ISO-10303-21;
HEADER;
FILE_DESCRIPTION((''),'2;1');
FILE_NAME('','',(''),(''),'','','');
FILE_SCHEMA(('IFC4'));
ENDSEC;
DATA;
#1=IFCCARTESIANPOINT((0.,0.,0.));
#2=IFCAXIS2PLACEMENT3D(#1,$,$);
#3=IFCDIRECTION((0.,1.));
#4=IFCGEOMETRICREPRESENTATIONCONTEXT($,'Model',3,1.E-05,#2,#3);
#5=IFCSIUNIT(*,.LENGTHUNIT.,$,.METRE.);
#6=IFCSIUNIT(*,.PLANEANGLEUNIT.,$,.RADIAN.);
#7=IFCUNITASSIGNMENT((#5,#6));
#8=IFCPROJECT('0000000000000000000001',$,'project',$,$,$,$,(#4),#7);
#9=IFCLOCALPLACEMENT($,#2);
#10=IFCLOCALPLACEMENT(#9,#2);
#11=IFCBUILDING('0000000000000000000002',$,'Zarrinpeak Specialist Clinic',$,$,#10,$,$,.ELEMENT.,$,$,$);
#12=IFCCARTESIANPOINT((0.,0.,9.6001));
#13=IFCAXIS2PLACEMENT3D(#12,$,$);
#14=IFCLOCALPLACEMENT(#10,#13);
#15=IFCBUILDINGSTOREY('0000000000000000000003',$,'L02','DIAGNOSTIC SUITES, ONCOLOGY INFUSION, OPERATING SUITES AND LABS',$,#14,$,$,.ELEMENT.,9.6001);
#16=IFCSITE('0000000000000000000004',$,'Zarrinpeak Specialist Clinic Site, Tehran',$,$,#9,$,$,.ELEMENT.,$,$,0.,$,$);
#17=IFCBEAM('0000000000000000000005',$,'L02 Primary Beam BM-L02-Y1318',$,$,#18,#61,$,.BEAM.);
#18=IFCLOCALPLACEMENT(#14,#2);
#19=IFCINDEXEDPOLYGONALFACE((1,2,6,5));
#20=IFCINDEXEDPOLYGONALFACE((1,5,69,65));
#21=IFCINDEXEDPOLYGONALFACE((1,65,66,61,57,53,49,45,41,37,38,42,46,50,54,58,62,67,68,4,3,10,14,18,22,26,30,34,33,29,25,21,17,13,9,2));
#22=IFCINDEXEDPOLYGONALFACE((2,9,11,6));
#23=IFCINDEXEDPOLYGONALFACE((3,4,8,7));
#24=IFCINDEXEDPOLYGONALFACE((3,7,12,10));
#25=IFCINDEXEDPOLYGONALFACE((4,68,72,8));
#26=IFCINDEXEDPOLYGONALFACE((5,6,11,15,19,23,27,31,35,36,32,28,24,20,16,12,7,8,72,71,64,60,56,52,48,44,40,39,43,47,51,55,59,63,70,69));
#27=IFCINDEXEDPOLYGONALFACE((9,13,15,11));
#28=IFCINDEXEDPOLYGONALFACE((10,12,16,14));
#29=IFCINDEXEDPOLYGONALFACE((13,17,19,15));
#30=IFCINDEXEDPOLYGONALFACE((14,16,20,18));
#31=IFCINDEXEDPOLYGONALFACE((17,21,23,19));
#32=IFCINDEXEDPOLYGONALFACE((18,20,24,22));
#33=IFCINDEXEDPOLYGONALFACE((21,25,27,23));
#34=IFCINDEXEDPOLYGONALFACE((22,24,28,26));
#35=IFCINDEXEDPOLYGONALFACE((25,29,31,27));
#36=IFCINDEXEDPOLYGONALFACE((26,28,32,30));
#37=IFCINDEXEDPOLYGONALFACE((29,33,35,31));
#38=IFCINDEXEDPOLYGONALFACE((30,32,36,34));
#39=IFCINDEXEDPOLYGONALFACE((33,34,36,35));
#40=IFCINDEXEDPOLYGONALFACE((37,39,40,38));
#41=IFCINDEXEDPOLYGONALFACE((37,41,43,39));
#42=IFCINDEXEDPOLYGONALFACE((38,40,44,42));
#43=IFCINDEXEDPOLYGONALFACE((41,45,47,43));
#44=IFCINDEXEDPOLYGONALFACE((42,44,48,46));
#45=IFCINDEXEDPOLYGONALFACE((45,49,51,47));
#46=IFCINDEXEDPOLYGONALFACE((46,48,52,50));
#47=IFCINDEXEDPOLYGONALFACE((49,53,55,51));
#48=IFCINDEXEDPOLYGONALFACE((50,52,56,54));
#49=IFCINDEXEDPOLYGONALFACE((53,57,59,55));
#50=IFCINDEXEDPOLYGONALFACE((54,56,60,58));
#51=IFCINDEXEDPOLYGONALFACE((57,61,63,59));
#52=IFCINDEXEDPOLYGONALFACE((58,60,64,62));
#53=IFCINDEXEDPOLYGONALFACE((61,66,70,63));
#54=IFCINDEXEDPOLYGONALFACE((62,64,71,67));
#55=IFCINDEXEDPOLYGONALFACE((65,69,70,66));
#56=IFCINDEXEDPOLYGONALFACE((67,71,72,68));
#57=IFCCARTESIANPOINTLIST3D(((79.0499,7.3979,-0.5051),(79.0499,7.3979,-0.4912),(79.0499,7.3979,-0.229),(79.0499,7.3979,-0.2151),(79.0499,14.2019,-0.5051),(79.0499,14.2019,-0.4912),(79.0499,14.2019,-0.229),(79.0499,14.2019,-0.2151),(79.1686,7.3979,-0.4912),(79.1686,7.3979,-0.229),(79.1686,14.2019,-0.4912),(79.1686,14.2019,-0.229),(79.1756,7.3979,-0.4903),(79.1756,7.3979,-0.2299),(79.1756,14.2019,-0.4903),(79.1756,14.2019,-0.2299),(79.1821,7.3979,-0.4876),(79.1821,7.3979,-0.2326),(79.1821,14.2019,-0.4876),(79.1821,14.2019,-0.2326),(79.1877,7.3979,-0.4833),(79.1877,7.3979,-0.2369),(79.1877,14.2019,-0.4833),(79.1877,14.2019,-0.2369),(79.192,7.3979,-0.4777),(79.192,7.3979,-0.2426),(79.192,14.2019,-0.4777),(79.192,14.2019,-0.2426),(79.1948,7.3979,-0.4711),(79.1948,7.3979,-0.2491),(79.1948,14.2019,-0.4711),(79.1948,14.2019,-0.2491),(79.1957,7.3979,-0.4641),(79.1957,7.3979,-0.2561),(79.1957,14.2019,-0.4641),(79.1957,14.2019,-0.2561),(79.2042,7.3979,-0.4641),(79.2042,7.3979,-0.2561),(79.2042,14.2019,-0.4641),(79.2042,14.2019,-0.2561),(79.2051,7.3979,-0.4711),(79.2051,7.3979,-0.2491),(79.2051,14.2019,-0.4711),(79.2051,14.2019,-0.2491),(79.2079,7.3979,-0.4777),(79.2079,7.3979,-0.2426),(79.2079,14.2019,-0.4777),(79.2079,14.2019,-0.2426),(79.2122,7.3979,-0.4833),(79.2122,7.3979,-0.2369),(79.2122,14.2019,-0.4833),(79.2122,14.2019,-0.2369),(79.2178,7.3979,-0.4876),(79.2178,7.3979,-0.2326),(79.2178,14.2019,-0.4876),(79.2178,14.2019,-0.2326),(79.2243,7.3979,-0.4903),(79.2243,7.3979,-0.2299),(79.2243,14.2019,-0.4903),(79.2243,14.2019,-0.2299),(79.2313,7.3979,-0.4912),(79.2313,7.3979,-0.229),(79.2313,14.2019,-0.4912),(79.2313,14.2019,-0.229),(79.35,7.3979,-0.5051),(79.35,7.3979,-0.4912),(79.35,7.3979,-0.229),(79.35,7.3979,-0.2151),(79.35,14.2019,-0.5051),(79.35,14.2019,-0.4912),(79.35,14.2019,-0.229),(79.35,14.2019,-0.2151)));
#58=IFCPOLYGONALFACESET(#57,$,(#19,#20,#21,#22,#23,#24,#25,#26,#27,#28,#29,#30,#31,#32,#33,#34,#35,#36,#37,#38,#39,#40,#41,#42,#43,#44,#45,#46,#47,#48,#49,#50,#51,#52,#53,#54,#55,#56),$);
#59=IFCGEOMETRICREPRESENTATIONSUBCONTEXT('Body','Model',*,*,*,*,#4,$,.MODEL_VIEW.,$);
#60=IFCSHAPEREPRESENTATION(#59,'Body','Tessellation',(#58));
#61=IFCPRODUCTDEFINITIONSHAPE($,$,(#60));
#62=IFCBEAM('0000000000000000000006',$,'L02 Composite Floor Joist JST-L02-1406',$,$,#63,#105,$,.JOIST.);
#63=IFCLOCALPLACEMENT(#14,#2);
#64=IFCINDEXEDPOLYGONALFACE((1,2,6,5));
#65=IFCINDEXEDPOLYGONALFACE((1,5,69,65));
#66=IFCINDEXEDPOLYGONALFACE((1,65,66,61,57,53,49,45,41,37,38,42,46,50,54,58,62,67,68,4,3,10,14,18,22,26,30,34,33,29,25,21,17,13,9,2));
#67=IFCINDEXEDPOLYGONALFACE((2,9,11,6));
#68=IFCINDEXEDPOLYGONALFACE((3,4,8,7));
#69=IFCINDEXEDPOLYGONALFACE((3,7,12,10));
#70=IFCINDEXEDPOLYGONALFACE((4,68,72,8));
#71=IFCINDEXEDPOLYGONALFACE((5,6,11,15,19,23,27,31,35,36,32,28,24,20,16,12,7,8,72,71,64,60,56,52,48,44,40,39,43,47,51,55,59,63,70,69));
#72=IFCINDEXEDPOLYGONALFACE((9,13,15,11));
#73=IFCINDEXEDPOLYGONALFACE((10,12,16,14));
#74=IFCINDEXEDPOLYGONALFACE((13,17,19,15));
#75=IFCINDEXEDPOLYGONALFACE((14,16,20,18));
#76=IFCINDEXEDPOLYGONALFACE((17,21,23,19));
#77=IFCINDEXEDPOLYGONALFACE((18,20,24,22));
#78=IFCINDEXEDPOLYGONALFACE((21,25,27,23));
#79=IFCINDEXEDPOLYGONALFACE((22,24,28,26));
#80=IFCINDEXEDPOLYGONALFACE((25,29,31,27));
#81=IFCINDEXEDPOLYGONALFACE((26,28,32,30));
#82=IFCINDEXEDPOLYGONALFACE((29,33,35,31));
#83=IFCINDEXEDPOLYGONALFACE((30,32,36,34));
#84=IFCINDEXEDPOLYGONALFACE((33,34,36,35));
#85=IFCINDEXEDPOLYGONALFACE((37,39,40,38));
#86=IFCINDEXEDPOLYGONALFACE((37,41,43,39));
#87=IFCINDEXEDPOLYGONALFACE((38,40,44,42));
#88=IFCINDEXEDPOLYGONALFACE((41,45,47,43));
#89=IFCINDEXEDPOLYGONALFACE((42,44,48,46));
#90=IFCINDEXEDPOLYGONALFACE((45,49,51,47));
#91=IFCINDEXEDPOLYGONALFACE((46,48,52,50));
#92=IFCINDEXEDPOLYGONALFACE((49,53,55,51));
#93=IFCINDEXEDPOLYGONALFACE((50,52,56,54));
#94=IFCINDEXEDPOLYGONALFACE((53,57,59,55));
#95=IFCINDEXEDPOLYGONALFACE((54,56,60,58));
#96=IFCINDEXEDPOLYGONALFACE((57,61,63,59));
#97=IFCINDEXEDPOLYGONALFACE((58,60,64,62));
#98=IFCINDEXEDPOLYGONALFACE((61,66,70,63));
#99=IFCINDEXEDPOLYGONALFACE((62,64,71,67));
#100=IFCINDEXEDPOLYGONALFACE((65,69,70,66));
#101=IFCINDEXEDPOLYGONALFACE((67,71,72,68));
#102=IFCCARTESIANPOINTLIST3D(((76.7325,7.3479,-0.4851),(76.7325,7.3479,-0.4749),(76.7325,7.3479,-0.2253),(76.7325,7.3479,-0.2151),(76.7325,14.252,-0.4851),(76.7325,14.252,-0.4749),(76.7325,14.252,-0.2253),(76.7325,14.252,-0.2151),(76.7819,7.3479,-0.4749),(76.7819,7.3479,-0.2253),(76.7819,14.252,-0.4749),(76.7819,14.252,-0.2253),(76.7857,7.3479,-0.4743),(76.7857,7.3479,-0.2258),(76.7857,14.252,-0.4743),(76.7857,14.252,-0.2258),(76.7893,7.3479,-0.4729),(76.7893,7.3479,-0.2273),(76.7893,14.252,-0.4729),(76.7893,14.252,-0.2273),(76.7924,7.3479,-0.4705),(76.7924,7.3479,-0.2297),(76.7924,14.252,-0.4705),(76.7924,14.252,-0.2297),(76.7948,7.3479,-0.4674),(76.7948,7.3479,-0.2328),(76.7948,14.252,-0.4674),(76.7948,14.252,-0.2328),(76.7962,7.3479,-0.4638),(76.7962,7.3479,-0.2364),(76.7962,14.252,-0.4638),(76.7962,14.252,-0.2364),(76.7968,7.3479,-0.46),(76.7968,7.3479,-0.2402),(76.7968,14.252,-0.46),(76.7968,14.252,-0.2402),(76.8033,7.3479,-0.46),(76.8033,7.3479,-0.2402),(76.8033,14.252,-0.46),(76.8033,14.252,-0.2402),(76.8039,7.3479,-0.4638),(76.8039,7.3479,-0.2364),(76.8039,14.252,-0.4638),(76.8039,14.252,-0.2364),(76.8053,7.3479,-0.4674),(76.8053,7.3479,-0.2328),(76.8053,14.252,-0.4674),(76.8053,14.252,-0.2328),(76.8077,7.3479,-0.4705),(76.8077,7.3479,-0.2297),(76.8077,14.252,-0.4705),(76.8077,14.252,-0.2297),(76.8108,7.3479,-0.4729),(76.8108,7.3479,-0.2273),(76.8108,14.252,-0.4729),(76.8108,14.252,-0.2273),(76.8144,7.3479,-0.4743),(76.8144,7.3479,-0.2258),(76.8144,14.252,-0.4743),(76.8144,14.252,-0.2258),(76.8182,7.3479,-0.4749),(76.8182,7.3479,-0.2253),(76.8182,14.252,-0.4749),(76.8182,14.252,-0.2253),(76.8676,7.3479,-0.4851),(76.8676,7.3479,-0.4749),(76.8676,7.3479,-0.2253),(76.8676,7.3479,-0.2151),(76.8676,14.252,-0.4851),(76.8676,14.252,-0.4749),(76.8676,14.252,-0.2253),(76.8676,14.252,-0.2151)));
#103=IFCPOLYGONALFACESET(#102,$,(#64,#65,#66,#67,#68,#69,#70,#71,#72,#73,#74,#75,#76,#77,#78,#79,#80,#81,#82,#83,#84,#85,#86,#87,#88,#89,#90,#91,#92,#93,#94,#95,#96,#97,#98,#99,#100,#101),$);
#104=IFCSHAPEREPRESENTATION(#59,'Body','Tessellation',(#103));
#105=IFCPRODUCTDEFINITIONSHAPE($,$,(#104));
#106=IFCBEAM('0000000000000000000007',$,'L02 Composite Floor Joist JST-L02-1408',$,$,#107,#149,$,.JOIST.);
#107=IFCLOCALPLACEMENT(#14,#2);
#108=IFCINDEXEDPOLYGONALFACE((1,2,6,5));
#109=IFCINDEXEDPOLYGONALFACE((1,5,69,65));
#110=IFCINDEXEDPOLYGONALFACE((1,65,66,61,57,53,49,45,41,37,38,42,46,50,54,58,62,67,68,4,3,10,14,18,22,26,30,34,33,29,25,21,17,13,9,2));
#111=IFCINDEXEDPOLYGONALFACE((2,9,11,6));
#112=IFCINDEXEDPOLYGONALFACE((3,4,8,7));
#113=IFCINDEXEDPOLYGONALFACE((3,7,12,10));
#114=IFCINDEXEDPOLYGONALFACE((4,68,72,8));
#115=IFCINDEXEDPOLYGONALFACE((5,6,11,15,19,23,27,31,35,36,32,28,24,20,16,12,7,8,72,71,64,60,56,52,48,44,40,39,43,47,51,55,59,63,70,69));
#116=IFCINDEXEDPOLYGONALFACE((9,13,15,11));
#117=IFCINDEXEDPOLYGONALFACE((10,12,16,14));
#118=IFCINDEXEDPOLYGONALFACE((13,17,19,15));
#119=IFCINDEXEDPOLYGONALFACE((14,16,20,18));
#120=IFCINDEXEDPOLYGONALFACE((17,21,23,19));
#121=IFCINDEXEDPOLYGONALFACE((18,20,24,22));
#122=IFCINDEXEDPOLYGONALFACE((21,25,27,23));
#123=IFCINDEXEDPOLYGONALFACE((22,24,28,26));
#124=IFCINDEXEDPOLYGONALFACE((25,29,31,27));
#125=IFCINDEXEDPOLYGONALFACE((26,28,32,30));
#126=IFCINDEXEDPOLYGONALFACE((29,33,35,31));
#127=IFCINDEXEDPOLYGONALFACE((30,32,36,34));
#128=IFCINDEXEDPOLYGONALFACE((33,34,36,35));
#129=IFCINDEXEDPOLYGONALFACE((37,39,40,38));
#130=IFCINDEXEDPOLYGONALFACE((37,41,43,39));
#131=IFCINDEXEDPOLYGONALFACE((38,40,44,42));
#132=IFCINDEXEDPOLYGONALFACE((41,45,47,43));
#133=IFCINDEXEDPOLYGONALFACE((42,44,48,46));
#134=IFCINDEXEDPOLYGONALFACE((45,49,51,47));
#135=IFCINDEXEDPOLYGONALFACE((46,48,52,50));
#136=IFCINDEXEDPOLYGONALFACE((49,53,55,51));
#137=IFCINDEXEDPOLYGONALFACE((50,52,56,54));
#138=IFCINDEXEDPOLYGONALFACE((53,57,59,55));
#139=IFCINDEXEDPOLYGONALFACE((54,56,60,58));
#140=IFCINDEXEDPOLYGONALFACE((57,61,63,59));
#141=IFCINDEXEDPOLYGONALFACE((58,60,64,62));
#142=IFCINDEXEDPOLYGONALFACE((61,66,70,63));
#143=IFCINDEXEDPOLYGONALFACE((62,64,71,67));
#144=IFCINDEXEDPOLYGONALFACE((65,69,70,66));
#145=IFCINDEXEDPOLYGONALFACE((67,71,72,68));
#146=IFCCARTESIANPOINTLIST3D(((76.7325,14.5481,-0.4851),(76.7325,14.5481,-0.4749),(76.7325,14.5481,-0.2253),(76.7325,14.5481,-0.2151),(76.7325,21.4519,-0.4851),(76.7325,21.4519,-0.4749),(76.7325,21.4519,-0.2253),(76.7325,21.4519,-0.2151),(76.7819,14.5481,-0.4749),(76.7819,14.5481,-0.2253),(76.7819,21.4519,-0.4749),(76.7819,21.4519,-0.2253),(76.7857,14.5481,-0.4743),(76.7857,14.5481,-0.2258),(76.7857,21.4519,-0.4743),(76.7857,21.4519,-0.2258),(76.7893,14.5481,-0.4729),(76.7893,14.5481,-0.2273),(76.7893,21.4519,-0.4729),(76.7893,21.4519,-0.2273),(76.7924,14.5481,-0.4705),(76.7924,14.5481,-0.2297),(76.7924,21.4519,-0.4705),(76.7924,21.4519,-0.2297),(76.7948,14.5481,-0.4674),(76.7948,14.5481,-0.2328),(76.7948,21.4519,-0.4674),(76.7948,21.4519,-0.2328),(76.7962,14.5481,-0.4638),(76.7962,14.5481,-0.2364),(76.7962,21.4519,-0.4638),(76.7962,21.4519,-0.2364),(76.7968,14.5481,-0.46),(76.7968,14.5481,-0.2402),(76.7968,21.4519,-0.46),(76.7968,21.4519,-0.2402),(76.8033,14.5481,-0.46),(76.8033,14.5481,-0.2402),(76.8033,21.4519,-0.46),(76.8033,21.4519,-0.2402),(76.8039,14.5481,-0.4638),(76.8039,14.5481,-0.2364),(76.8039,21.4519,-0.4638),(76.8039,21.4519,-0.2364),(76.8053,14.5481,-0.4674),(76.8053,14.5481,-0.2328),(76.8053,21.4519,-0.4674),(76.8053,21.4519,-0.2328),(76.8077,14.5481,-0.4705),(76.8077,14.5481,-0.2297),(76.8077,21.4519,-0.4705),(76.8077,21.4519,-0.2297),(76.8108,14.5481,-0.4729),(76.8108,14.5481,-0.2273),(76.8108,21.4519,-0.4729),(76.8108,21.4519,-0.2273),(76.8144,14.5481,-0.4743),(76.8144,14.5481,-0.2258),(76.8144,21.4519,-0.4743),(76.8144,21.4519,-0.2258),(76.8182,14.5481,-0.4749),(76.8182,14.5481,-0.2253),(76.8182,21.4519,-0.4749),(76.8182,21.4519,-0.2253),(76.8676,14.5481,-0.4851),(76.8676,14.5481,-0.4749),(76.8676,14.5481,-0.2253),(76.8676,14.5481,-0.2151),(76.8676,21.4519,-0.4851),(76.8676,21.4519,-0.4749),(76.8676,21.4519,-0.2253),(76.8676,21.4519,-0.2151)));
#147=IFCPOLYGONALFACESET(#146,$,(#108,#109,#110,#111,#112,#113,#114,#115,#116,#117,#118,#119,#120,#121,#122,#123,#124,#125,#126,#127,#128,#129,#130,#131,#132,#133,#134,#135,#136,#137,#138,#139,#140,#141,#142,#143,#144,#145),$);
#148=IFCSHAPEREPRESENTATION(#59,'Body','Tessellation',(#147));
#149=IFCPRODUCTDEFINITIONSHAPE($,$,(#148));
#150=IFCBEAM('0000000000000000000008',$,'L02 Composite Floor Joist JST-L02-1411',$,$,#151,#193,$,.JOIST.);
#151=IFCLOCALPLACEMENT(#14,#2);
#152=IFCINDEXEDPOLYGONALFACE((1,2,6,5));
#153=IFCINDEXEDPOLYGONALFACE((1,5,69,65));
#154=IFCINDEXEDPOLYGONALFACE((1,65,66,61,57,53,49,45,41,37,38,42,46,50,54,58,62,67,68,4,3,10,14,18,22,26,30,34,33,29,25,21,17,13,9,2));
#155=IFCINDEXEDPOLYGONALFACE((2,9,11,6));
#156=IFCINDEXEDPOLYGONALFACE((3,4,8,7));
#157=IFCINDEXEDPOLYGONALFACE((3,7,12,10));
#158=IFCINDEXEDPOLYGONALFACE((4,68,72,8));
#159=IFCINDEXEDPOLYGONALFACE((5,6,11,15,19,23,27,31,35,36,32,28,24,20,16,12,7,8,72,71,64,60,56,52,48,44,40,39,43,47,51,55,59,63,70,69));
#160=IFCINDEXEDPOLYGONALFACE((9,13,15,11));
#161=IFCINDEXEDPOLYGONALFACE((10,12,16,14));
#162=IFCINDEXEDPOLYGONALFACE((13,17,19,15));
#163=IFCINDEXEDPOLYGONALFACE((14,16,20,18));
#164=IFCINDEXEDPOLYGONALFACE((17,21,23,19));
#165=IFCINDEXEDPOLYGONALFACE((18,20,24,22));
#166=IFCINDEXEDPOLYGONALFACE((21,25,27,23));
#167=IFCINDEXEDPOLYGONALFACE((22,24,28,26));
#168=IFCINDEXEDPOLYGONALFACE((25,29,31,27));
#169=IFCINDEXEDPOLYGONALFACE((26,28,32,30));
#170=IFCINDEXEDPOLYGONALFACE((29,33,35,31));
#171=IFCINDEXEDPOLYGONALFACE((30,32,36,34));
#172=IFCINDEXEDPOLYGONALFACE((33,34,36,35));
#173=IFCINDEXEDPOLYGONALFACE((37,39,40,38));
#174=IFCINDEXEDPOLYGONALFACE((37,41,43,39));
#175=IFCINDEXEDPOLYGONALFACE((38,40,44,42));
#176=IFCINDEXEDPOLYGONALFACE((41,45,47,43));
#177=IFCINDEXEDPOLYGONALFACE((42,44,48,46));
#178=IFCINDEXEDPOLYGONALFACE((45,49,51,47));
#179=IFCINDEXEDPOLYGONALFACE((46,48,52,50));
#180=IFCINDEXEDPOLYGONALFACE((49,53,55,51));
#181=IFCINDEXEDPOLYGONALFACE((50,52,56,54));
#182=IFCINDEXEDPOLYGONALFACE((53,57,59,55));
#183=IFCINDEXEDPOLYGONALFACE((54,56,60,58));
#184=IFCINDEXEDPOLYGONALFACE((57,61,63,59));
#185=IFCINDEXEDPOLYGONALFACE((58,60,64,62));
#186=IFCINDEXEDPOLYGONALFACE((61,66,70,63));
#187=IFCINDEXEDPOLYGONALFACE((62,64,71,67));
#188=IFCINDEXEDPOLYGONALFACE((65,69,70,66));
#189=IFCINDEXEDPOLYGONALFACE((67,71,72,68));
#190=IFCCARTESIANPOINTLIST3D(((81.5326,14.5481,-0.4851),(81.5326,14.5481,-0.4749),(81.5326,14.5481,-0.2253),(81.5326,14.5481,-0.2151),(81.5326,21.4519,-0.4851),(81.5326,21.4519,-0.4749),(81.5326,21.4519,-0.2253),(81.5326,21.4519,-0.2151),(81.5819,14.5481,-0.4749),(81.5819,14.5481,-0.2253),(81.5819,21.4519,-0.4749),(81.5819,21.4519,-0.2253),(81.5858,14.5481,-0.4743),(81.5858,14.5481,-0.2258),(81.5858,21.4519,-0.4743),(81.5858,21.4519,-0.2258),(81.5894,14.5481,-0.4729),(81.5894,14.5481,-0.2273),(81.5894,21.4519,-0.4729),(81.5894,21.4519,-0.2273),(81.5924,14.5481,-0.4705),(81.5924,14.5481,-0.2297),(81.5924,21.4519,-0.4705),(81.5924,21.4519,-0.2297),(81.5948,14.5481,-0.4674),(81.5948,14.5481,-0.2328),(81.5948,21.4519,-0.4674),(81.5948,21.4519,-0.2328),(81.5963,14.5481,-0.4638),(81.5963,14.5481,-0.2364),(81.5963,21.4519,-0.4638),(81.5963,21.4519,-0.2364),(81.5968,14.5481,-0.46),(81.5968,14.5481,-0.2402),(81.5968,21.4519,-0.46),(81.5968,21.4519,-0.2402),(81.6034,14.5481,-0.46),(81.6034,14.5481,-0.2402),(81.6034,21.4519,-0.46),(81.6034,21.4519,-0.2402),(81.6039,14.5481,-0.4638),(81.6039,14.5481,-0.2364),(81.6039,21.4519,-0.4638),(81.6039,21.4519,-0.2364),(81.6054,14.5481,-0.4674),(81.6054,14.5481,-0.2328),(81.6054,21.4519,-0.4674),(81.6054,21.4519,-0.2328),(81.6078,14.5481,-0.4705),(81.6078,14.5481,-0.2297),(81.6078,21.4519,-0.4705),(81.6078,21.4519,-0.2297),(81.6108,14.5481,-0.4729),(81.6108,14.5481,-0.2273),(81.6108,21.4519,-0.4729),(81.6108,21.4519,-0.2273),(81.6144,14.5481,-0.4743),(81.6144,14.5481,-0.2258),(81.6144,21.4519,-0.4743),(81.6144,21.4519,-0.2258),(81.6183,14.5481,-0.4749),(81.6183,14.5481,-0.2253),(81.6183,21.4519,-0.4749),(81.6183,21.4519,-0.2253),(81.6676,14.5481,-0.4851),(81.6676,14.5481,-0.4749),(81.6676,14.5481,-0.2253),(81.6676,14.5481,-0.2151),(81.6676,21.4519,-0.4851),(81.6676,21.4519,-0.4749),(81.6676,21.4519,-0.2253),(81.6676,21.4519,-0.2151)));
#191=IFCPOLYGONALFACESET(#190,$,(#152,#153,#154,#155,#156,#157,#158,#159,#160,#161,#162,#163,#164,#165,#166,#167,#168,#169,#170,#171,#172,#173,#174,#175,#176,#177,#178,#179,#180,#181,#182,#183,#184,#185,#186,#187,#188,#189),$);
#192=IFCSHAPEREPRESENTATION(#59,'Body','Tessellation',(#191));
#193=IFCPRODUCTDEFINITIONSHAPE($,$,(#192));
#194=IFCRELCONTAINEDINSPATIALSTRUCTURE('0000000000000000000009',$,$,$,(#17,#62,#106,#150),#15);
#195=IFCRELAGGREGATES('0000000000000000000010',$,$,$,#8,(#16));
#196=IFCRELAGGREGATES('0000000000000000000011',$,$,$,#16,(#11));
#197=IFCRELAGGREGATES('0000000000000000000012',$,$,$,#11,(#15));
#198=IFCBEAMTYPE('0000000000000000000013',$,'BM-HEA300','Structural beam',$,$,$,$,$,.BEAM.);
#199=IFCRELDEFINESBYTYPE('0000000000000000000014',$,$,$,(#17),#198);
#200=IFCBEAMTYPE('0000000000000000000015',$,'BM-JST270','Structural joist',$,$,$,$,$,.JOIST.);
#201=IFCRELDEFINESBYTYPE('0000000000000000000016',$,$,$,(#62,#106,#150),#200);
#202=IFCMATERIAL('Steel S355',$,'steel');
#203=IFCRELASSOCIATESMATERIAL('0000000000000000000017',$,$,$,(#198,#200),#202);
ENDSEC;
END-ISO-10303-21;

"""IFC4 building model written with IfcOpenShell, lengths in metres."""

from ifc_helpers import new_model, si_unit, direction, frame, origin, origin_2d, place, context, subcontext, project, spatial, i_section, extrude, material, material_profile, profile_set, type_object, element, save


model = new_model("IFC4")

# Units and contexts
model_context = context("Model", 3, precision=1e-05, world=origin(), true_north=direction((0.0, 1.0)))
body_context = subcontext(model_context, "Body", "Model", "MODEL_VIEW")
ifc_project = project(units=[si_unit("LENGTHUNIT", "METRE"), si_unit("PLANEANGLEUNIT", "RADIAN")], contexts=[model_context])

# Site, building, storey
site_placement = place(None, origin())
site = spatial("IfcSite", under=ifc_project, at=site_placement, Name="Zarrinpeak Specialist Clinic Site, Tehran", CompositionType="ELEMENT", RefElevation=0.0)
building_placement = place(site_placement, origin())
building = spatial("IfcBuilding", under=site, at=building_placement, Name="Zarrinpeak Specialist Clinic", CompositionType="ELEMENT")
storey_placement = place(building_placement, frame((0.0, 0.0, 9.6001)))
storey = spatial("IfcBuildingStorey", under=building, at=storey_placement, Name="L02", Description="DIAGNOSTIC SUITES, ONCOLOGY INFUSION, OPERATING SUITES AND LABS", CompositionType="ELEMENT", Elevation=9.6001)

# Shared definitions
ifc_material_1 = material(Name="Steel S355", Category="steel")

# Beams
ifc_material_profile_1 = material_profile(ifc_material_1, i_section(OverallWidth=0.3, OverallDepth=0.29, WebThickness=0.0085, FlangeThickness=0.0139, FilletRadius=0.0271, at=origin_2d()), Name="HEA 300")
ifc_profile_set_1 = profile_set([ifc_material_profile_1], Name="Steel S355")
beam_type_1 = type_object("IfcBeamType", Name="BM-HEA300", Description="Structural beam", PredefinedType="BEAM", material=ifc_profile_set_1)
beam_1_placement = place(storey_placement, frame((79.2, 7.3979, -0.3601), z_axis=(0.0, 1.0, 0.0), x_axis=(-1.0, 0.0, 0.0)))
element("IfcBeam", 1, at=beam_1_placement, inside=storey, type_object=beam_type_1, Name="L02 Primary Beam BM-L02-Y1318", PredefinedType="BEAM", context=body_context, shape_type="SweptSolid", body=[
    extrude(i_section(OverallWidth=0.3, OverallDepth=0.29, WebThickness=0.0085, FlangeThickness=0.0139, FilletRadius=0.0271, at=origin_2d()), origin(), (0.0, 0.0, 1.0), 6.804),
])
ifc_material_profile_2 = material_profile(ifc_material_1, i_section(OverallWidth=0.135, OverallDepth=0.27, WebThickness=0.0066, FlangeThickness=0.0103, FilletRadius=0.0149, at=origin_2d()), Name="IPE 270")
ifc_profile_set_2 = profile_set([ifc_material_profile_2], Name="Steel S355")
beam_type_2 = type_object("IfcBeamType", Name="BM-JST270", Description="Structural joist", PredefinedType="JOIST", material=ifc_profile_set_2)
beam_2_placement = place(storey_placement, frame((76.8, 7.3479, -0.3501), z_axis=(0.0, 1.0, 0.0), x_axis=(-1.0, 0.0, 0.0)))
element("IfcBeam", 2, at=beam_2_placement, inside=storey, type_object=beam_type_2, Name="L02 Composite Floor Joist JST-L02-1406", PredefinedType="JOIST", context=body_context, shape_type="SweptSolid", body=[
    extrude(i_section(OverallWidth=0.135, OverallDepth=0.27, WebThickness=0.0066, FlangeThickness=0.0103, FilletRadius=0.0149, at=origin_2d()), origin(), (0.0, 0.0, 1.0), 6.9041),
])
for number, where, z_axis, x_axis, name in (
    (3, (76.8, 14.5481, -0.3501), (0.0, 1.0, 0.0), (-1.0, 0.0, 0.0), "L02 Composite Floor Joist JST-L02-1408"),
    (4, (81.6001, 14.5481, -0.3501), (0.0, 1.0, 0.0), (-1.0, 0.0, 0.0), "L02 Composite Floor Joist JST-L02-1411"),
):
    element("IfcBeam", number, at=place(storey_placement, frame(where, z_axis=z_axis, x_axis=x_axis)), inside=storey, type_object=beam_type_2, Name=name, PredefinedType="JOIST", context=body_context, shape_type="SweptSolid", body=[
        extrude(i_section(OverallWidth=0.135, OverallDepth=0.27, WebThickness=0.0066, FlangeThickness=0.0103, FilletRadius=0.0149, at=origin_2d()), origin(), (0.0, 0.0, 1.0), 6.9038),
    ])

save(model, "model.ifc")
